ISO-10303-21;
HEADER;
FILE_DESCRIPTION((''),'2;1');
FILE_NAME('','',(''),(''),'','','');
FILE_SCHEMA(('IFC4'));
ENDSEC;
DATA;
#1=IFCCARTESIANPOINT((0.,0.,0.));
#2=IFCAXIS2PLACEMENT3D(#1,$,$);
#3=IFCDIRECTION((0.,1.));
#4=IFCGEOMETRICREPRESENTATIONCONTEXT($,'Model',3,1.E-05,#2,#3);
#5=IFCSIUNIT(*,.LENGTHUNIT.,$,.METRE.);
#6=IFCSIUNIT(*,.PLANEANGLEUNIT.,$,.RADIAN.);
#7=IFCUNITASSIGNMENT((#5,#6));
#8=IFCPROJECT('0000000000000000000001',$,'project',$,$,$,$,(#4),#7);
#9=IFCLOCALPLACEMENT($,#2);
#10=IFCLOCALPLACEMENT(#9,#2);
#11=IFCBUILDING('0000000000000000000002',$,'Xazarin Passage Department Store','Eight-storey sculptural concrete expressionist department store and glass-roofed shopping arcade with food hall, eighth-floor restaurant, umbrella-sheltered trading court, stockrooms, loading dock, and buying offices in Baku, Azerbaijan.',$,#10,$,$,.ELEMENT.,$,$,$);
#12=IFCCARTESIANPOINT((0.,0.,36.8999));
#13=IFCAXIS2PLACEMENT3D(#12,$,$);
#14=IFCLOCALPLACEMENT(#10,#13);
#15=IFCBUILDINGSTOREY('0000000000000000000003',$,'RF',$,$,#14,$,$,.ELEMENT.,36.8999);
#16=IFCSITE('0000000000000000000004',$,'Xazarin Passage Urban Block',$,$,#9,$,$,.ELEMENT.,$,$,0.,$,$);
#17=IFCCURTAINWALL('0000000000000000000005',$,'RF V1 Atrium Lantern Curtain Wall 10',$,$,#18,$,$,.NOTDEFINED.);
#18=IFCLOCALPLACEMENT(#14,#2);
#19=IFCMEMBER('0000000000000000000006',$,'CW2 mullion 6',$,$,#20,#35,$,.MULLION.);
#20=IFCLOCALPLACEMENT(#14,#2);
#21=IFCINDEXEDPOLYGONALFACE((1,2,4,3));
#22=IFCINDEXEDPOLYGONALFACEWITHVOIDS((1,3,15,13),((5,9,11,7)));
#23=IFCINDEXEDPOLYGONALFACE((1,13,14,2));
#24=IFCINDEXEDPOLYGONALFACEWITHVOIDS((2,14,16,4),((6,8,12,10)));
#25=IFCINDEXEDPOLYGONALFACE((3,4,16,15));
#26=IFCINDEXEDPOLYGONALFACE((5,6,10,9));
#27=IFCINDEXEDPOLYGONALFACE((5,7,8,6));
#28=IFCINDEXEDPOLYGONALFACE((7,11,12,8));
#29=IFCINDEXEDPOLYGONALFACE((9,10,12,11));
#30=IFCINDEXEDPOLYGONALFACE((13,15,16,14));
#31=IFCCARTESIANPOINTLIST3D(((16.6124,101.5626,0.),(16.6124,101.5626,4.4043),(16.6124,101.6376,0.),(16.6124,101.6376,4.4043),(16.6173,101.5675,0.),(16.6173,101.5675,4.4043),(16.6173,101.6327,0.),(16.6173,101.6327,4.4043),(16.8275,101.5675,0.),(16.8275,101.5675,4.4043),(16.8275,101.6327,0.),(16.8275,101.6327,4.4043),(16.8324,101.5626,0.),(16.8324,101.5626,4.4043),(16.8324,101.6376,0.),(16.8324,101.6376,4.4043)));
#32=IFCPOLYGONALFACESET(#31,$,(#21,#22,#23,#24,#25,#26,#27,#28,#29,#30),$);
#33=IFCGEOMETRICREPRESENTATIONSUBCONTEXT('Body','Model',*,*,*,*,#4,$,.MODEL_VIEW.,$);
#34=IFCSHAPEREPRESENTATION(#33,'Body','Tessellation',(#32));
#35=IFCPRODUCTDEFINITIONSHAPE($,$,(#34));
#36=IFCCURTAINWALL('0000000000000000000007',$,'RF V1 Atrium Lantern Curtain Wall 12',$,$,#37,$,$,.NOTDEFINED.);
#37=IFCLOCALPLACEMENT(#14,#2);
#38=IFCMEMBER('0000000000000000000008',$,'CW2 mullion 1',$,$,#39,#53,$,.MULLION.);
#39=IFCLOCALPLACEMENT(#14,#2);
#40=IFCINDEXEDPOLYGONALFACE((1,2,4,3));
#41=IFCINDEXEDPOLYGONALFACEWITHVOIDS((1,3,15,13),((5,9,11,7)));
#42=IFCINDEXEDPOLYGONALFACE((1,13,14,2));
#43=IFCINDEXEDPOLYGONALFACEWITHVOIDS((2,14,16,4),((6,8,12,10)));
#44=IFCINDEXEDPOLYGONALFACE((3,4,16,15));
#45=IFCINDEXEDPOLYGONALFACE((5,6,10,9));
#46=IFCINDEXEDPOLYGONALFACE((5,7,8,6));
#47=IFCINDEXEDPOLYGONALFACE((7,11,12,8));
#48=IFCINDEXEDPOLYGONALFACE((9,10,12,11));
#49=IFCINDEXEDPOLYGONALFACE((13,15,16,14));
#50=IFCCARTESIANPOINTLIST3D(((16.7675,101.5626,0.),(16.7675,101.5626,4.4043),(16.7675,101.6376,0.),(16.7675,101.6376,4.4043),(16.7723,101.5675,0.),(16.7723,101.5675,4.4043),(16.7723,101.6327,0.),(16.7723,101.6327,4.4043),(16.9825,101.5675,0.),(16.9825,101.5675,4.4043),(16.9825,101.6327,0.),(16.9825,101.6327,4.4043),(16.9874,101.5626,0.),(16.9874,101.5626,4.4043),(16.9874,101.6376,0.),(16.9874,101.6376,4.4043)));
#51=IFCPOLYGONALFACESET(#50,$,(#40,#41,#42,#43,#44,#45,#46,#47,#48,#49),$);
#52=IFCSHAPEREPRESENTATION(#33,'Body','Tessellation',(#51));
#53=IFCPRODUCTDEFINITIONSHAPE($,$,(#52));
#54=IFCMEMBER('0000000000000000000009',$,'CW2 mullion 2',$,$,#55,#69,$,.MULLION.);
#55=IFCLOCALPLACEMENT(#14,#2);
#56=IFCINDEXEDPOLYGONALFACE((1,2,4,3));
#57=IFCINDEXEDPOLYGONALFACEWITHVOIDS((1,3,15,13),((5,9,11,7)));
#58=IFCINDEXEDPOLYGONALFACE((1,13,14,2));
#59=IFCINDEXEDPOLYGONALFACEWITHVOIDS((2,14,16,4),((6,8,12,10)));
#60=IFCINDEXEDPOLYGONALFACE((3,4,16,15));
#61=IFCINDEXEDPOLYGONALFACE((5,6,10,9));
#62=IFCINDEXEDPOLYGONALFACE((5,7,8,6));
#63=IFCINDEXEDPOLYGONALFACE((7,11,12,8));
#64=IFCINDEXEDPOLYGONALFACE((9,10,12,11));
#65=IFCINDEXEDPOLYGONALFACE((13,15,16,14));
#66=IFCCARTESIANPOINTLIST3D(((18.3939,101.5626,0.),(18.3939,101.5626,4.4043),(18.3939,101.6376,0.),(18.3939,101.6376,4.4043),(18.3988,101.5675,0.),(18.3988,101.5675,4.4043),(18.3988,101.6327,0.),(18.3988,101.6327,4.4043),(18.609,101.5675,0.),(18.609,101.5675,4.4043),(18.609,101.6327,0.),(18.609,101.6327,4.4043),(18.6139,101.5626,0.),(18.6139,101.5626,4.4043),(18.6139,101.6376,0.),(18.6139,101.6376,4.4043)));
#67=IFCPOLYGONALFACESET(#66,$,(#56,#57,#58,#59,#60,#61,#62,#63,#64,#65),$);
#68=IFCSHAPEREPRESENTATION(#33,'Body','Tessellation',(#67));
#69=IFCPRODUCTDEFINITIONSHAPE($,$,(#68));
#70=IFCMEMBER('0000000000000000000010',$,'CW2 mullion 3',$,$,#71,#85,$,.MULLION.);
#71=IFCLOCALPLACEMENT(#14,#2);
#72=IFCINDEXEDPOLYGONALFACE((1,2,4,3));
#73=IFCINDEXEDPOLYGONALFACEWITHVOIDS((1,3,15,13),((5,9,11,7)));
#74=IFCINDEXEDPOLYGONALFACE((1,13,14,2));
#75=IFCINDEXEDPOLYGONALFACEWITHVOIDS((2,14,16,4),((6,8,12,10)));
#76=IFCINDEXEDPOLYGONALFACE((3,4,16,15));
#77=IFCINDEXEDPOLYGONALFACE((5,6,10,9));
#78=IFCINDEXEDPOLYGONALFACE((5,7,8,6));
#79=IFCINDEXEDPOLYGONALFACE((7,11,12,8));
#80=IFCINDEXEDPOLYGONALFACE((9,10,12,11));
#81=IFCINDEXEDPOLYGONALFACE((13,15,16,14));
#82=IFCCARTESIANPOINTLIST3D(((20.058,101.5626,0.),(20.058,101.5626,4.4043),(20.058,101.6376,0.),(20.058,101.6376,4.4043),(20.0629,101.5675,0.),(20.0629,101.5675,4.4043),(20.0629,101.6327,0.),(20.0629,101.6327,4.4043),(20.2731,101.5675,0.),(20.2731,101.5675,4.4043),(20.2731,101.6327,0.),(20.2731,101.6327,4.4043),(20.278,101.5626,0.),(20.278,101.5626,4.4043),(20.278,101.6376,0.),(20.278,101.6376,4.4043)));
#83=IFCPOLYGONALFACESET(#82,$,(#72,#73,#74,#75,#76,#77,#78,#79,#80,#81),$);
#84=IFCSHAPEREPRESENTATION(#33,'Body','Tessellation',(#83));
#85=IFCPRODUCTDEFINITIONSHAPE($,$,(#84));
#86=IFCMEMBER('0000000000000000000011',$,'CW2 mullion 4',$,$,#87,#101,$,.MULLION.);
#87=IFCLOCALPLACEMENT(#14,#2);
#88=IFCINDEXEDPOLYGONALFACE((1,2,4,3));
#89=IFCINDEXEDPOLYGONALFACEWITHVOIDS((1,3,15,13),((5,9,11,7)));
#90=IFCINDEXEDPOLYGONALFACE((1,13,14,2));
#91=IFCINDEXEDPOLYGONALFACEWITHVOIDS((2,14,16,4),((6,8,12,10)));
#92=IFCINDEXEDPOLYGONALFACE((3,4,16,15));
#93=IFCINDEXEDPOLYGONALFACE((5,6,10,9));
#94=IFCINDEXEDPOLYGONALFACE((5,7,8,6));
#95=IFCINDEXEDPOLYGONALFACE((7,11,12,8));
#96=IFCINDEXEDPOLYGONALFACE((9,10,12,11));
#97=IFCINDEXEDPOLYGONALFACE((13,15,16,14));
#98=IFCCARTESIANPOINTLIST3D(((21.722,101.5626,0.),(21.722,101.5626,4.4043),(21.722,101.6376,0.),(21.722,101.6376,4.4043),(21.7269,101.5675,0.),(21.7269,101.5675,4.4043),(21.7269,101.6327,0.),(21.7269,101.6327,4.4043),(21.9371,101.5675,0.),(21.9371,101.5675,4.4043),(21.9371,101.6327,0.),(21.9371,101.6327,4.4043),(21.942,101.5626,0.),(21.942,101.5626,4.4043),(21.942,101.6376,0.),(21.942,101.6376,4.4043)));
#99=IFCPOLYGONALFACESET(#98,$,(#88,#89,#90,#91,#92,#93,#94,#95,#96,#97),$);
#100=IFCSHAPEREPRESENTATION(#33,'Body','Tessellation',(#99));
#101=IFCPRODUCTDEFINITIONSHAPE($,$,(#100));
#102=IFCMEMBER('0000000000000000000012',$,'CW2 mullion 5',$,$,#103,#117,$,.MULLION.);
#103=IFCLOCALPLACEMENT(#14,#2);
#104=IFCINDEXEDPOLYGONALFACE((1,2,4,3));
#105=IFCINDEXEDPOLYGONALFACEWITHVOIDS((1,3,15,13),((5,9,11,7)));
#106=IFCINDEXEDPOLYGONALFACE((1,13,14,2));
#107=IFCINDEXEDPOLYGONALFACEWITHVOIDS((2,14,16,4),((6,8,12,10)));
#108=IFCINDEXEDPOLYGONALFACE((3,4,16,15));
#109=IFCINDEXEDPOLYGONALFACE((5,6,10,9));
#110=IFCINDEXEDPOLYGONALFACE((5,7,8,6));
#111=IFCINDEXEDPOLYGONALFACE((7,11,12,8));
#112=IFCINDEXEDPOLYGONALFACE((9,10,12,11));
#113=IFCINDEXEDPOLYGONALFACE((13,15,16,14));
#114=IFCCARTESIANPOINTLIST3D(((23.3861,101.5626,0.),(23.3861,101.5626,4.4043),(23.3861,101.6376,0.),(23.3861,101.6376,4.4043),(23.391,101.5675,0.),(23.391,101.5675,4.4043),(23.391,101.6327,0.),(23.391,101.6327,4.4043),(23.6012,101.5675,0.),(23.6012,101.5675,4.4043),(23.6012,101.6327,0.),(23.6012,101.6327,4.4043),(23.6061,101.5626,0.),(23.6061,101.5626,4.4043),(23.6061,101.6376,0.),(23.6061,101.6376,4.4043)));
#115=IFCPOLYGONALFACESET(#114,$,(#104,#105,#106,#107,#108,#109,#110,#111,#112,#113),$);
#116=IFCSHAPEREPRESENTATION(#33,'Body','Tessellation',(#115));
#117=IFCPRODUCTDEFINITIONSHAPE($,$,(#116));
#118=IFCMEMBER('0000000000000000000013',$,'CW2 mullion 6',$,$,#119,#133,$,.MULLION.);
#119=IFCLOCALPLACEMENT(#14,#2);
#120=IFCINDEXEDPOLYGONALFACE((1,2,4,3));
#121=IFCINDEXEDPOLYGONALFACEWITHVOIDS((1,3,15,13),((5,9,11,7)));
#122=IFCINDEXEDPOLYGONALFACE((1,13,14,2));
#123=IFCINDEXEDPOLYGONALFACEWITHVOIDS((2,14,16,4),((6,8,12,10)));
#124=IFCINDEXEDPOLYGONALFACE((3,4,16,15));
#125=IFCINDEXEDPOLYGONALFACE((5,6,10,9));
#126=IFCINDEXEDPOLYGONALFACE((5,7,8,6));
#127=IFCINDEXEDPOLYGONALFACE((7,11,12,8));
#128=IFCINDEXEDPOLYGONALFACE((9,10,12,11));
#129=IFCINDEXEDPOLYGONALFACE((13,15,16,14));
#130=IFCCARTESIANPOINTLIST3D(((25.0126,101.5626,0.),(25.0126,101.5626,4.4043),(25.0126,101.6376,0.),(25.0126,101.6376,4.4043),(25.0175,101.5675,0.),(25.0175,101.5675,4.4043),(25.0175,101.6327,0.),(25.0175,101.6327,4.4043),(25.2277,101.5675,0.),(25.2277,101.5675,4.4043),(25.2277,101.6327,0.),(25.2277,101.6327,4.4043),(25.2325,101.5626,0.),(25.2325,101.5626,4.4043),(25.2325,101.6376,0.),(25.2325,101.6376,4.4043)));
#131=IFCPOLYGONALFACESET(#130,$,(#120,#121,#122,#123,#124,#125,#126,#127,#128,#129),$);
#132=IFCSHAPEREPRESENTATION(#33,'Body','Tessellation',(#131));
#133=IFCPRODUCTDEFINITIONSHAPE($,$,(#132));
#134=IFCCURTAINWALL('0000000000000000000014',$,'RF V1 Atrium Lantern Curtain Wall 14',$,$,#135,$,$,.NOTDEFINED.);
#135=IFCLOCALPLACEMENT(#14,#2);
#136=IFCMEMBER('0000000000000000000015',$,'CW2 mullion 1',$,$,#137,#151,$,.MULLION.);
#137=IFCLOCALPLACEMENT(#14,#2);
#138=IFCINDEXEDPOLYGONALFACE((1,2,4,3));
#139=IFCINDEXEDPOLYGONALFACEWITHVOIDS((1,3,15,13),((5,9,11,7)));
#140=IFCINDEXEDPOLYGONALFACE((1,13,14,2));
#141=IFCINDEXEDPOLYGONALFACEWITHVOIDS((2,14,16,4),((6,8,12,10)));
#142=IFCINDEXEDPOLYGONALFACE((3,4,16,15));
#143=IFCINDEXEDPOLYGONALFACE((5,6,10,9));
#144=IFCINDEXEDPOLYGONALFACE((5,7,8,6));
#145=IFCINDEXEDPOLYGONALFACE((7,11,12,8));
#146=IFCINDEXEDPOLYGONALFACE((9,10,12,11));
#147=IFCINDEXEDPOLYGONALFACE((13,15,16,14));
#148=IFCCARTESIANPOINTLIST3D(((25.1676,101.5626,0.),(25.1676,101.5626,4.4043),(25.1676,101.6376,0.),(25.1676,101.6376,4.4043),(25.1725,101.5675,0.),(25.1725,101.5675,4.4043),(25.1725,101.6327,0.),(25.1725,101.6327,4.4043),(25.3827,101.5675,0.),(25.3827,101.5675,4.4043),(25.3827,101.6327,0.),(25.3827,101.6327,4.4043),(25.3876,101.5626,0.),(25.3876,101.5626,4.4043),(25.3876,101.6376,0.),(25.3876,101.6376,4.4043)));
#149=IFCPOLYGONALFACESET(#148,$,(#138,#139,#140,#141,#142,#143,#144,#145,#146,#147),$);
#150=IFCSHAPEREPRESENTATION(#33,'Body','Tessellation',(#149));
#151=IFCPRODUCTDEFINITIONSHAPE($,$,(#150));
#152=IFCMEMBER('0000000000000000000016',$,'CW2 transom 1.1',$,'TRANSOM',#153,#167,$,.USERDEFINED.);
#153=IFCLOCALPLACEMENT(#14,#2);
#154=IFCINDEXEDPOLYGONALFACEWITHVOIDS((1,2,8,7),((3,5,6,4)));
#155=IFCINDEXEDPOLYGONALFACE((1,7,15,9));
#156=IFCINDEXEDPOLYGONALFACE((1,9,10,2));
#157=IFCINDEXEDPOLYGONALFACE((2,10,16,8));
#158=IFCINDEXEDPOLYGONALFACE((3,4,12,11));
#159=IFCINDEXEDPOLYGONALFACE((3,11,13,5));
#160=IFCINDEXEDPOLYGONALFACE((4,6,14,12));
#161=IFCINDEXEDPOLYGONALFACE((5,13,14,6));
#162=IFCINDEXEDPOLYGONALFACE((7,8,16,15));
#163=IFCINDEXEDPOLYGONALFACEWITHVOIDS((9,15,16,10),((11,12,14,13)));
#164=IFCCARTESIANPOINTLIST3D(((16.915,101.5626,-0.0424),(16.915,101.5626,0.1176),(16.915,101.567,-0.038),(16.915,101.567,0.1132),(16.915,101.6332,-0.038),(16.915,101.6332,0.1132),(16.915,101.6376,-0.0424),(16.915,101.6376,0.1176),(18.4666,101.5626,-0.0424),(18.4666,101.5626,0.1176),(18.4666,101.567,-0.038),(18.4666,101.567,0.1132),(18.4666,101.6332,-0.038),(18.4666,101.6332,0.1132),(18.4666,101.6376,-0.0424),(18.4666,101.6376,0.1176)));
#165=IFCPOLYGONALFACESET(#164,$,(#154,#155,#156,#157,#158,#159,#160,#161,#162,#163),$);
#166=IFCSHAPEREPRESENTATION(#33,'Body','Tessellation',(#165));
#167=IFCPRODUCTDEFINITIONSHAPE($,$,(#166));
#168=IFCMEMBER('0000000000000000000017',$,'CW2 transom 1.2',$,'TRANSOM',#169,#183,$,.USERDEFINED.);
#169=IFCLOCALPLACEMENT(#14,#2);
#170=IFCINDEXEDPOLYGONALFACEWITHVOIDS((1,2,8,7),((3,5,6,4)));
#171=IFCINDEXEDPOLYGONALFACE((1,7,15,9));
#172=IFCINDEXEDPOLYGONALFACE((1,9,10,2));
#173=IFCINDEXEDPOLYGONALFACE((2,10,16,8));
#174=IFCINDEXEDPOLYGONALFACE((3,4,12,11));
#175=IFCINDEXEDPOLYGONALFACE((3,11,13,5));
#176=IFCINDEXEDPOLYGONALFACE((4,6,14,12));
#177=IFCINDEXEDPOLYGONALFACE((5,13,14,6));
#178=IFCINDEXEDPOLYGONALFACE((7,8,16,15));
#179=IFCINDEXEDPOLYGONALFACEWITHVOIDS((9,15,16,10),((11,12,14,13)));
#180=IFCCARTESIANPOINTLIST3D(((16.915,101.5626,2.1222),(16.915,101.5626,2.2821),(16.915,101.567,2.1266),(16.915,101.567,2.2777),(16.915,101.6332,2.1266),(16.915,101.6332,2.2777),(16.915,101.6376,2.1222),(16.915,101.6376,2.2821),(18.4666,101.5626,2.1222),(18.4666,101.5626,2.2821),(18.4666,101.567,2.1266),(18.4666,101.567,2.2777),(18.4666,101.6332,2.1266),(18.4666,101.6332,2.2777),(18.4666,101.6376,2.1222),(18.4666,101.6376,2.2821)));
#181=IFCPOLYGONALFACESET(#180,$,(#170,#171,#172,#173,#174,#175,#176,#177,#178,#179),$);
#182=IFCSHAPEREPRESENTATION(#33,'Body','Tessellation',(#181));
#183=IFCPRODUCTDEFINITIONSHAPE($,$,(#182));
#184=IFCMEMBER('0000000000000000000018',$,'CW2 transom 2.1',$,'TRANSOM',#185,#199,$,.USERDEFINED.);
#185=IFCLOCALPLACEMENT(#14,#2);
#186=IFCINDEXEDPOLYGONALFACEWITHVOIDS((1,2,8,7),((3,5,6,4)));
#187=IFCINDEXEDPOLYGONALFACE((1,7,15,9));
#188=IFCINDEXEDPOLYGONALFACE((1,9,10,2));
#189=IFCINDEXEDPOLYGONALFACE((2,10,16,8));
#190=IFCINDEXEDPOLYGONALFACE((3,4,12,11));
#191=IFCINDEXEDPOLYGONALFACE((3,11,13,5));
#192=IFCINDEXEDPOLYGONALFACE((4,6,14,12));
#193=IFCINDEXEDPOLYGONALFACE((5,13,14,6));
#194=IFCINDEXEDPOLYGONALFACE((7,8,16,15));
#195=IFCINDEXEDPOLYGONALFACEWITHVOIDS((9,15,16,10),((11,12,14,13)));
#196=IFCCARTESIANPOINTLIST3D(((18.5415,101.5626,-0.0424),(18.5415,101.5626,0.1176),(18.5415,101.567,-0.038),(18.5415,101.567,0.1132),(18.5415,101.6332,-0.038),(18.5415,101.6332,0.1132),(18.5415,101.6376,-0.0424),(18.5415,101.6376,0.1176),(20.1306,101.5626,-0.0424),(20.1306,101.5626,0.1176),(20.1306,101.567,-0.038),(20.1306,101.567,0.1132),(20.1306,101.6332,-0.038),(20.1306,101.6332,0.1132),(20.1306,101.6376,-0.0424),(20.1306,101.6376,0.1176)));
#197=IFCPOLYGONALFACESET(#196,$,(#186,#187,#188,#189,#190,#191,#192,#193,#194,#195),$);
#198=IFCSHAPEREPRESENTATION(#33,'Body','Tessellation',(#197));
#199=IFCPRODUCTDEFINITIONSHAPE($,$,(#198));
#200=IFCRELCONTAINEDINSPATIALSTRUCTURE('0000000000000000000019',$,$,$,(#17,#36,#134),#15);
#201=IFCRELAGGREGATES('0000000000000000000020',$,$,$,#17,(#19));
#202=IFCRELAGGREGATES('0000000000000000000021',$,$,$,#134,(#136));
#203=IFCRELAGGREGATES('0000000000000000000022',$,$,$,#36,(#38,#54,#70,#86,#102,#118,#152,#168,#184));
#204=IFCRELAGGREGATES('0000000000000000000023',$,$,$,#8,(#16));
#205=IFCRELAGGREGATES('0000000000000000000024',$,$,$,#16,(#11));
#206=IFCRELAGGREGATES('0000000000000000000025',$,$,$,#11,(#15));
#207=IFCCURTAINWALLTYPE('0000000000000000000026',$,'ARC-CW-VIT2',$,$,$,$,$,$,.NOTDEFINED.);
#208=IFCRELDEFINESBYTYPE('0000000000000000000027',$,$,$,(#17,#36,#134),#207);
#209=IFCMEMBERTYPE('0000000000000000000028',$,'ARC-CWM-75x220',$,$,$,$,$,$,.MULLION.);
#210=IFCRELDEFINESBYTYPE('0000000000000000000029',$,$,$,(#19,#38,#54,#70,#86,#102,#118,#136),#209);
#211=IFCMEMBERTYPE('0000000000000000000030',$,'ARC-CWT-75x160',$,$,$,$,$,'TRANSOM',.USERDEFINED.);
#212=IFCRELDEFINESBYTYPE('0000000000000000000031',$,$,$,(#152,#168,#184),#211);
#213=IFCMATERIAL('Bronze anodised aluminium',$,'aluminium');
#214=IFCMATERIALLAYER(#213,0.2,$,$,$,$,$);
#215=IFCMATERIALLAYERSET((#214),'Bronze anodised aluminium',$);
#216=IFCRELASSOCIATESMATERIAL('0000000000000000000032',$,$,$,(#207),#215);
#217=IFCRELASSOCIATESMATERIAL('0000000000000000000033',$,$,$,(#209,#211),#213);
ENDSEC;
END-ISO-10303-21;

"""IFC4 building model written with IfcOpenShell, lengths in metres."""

from ifc_helpers import new_model, si_unit, direction, frame, origin, origin_2d, place, context, subcontext, project, spatial, hollow_rectangle, extrude, material, layer, layer_set, material_profile, profile_set, type_object, element, aggregate, save


model = new_model("IFC4")

# Units and contexts
model_context = context("Model", 3, precision=1e-05, world=origin(), true_north=direction((0.0, 1.0)))
body_context = subcontext(model_context, "Body", "Model", "MODEL_VIEW")
ifc_project = project(units=[si_unit("LENGTHUNIT", "METRE"), si_unit("PLANEANGLEUNIT", "RADIAN")], contexts=[model_context])

# Site, building, storey
site_placement = place(None, origin())
site = spatial("IfcSite", under=ifc_project, at=site_placement, Name="Xazarin Passage Urban Block", CompositionType="ELEMENT", RefElevation=0.0)
building_placement = place(site_placement, origin())
building = spatial("IfcBuilding", under=site, at=building_placement, Name="Xazarin Passage Department Store", Description="Eight-storey sculptural concrete expressionist department store and glass-roofed shopping arcade with food hall, eighth-floor restaurant, umbrella-sheltered trading court, stockrooms, loading dock, and buying offices in Baku, Azerbaijan.", CompositionType="ELEMENT")
storey_placement = place(building_placement, frame((0.0, 0.0, 36.8999)))
storey = spatial("IfcBuildingStorey", under=building, at=storey_placement, Name="RF", CompositionType="ELEMENT", Elevation=36.8999)

# Curtain wall, member
ifc_material_1 = material(Name="Bronze anodised aluminium", Category="aluminium")
ifc_layer_1 = layer(ifc_material_1, 0.2)
ifc_layer_set_1 = layer_set([ifc_layer_1], Name="Bronze anodised aluminium")
curtain_wall_type = type_object("IfcCurtainWallType", Name="ARC-CW-VIT2", PredefinedType="NOTDEFINED", material=ifc_layer_set_1)
curtain_wall_1_placement = place(storey_placement, origin())
curtain_wall_1 = element("IfcCurtainWall", 1, at=curtain_wall_1_placement, inside=storey, type_object=curtain_wall_type, Name="RF V1 Atrium Lantern Curtain Wall 10", PredefinedType="NOTDEFINED")
ifc_material_profile_1 = material_profile(ifc_material_1, hollow_rectangle(XDim=0.075, YDim=0.22, WallThickness=0.0049, at=origin_2d()), Name="ALU 75x220")
ifc_profile_set_1 = profile_set([ifc_material_profile_1], Name="Bronze anodised aluminium")
member_type_1 = type_object("IfcMemberType", Name="ARC-CWM-75x220", PredefinedType="MULLION", material=ifc_profile_set_1)
member_1_placement = place(storey_placement, frame((16.7224, 101.6001, 0.0), z_axis=(0.0, 0.0, 1.0), x_axis=(0.0, 1.0, 0.0)))
member_1 = element("IfcMember", 2, at=member_1_placement, type_object=member_type_1, Name="CW2 mullion 6", PredefinedType="MULLION", context=body_context, shape_type="SweptSolid", body=[
    extrude(hollow_rectangle(XDim=0.075, YDim=0.22, WallThickness=0.0049, at=origin_2d()), origin(), (0.0, 0.0, 1.0), 4.4043),
])
aggregate(curtain_wall_1, [member_1])

# Curtain wall, members
curtain_wall_2_placement = place(storey_placement, origin())
curtain_wall_2 = element("IfcCurtainWall", 3, at=curtain_wall_2_placement, inside=storey, type_object=curtain_wall_type, Name="RF V1 Atrium Lantern Curtain Wall 12", PredefinedType="NOTDEFINED")
member_2_placement = place(storey_placement, frame((16.8774, 101.6001, 0.0), z_axis=(0.0, 0.0, 1.0), x_axis=(0.0, 1.0, 0.0)))
member_2 = element("IfcMember", 4, at=member_2_placement, type_object=member_type_1, Name="CW2 mullion 1", PredefinedType="MULLION", context=body_context, shape_type="SweptSolid", body=[
    extrude(hollow_rectangle(XDim=0.075, YDim=0.22, WallThickness=0.0049, at=origin_2d()), origin(), (0.0, 0.0, 1.0), 4.4043),
])
member_3_placement = place(storey_placement, frame((18.5039, 101.6001, 0.0), z_axis=(0.0, 0.0, 1.0), x_axis=(0.0, 1.0, 0.0)))
member_3 = element("IfcMember", 5, at=member_3_placement, type_object=member_type_1, Name="CW2 mullion 2", PredefinedType="MULLION", context=body_context, shape_type="SweptSolid", body=[
    extrude(hollow_rectangle(XDim=0.075, YDim=0.22, WallThickness=0.0049, at=origin_2d()), origin(), (0.0, 0.0, 1.0), 4.4043),
])
member_4_placement = place(storey_placement, frame((20.168, 101.6001, 0.0), z_axis=(0.0, 0.0, 1.0), x_axis=(0.0, 1.0, 0.0)))
member_4 = element("IfcMember", 6, at=member_4_placement, type_object=member_type_1, Name="CW2 mullion 3", PredefinedType="MULLION", context=body_context, shape_type="SweptSolid", body=[
    extrude(hollow_rectangle(XDim=0.075, YDim=0.22, WallThickness=0.0049, at=origin_2d()), origin(), (0.0, 0.0, 1.0), 4.4043),
])
member_5_placement = place(storey_placement, frame((21.832, 101.6001, 0.0), z_axis=(0.0, 0.0, 1.0), x_axis=(0.0, 1.0, 0.0)))
member_5 = element("IfcMember", 7, at=member_5_placement, type_object=member_type_1, Name="CW2 mullion 4", PredefinedType="MULLION", context=body_context, shape_type="SweptSolid", body=[
    extrude(hollow_rectangle(XDim=0.075, YDim=0.22, WallThickness=0.0049, at=origin_2d()), origin(), (0.0, 0.0, 1.0), 4.4043),
])
member_6_placement = place(storey_placement, frame((23.4961, 101.6001, 0.0), z_axis=(0.0, 0.0, 1.0), x_axis=(0.0, 1.0, 0.0)))
member_6 = element("IfcMember", 8, at=member_6_placement, type_object=member_type_1, Name="CW2 mullion 5", PredefinedType="MULLION", context=body_context, shape_type="SweptSolid", body=[
    extrude(hollow_rectangle(XDim=0.075, YDim=0.22, WallThickness=0.0049, at=origin_2d()), origin(), (0.0, 0.0, 1.0), 4.4043),
])
member_7_placement = place(storey_placement, frame((25.1226, 101.6001, 0.0), z_axis=(0.0, 0.0, 1.0), x_axis=(0.0, 1.0, 0.0)))
member_7 = element("IfcMember", 9, at=member_7_placement, type_object=member_type_1, Name="CW2 mullion 6", PredefinedType="MULLION", context=body_context, shape_type="SweptSolid", body=[
    extrude(hollow_rectangle(XDim=0.075, YDim=0.22, WallThickness=0.0049, at=origin_2d()), origin(), (0.0, 0.0, 1.0), 4.4043),
])

# Curtain wall, member
curtain_wall_3_placement = place(storey_placement, origin())
curtain_wall_3 = element("IfcCurtainWall", 10, at=curtain_wall_3_placement, inside=storey, type_object=curtain_wall_type, Name="RF V1 Atrium Lantern Curtain Wall 14", PredefinedType="NOTDEFINED")
member_8_placement = place(storey_placement, frame((25.2776, 101.6001, 0.0), z_axis=(0.0, 0.0, 1.0), x_axis=(0.0, 1.0, 0.0)))
member_8 = element("IfcMember", 11, at=member_8_placement, type_object=member_type_1, Name="CW2 mullion 1", PredefinedType="MULLION", context=body_context, shape_type="SweptSolid", body=[
    extrude(hollow_rectangle(XDim=0.075, YDim=0.22, WallThickness=0.0049, at=origin_2d()), origin(), (0.0, 0.0, 1.0), 4.4043),
])

# Members
ifc_material_profile_2 = material_profile(ifc_material_1, hollow_rectangle(XDim=0.075, YDim=0.1599, WallThickness=0.0044, at=origin_2d()), Name="ALU 75x160")
ifc_profile_set_2 = profile_set([ifc_material_profile_2], Name="Bronze anodised aluminium")
member_type_2 = type_object("IfcMemberType", Name="ARC-CWT-75x160", ElementType="TRANSOM", PredefinedType="USERDEFINED", material=ifc_profile_set_2)
member_9_placement = place(storey_placement, frame((16.915, 101.6001, 0.0376), z_axis=(1.0, 0.0, 0.0), x_axis=(0.0, 1.0, 0.0)))
member_9 = element("IfcMember", 12, at=member_9_placement, type_object=member_type_2, Name="CW2 transom 1.1", ObjectType="TRANSOM", PredefinedType="USERDEFINED", context=body_context, shape_type="SweptSolid", body=[
    extrude(hollow_rectangle(XDim=0.075, YDim=0.1599, WallThickness=0.0044, at=origin_2d()), origin(), (0.0, 0.0, 1.0), 1.5515),
])
member_10_placement = place(storey_placement, frame((16.915, 101.6001, 2.2021), z_axis=(1.0, 0.0, 0.0), x_axis=(0.0, 1.0, 0.0)))
member_10 = element("IfcMember", 13, at=member_10_placement, type_object=member_type_2, Name="CW2 transom 1.2", ObjectType="TRANSOM", PredefinedType="USERDEFINED", context=body_context, shape_type="SweptSolid", body=[
    extrude(hollow_rectangle(XDim=0.075, YDim=0.1599, WallThickness=0.0044, at=origin_2d()), origin(), (0.0, 0.0, 1.0), 1.5515),
])
member_11_placement = place(storey_placement, frame((18.5415, 101.6001, 0.0376), z_axis=(1.0, 0.0, 0.0), x_axis=(0.0, 1.0, 0.0)))
member_11 = element("IfcMember", 14, at=member_11_placement, type_object=member_type_2, Name="CW2 transom 2.1", ObjectType="TRANSOM", PredefinedType="USERDEFINED", context=body_context, shape_type="SweptSolid", body=[
    extrude(hollow_rectangle(XDim=0.075, YDim=0.1599, WallThickness=0.0044, at=origin_2d()), origin(), (0.0, 0.0, 1.0), 1.5891),
])
aggregate(curtain_wall_3, [member_8])

aggregate(curtain_wall_2, [member_2, member_3, member_4, member_5, member_6, member_7, member_9, member_10, member_11])

save(model, "model.ifc")
